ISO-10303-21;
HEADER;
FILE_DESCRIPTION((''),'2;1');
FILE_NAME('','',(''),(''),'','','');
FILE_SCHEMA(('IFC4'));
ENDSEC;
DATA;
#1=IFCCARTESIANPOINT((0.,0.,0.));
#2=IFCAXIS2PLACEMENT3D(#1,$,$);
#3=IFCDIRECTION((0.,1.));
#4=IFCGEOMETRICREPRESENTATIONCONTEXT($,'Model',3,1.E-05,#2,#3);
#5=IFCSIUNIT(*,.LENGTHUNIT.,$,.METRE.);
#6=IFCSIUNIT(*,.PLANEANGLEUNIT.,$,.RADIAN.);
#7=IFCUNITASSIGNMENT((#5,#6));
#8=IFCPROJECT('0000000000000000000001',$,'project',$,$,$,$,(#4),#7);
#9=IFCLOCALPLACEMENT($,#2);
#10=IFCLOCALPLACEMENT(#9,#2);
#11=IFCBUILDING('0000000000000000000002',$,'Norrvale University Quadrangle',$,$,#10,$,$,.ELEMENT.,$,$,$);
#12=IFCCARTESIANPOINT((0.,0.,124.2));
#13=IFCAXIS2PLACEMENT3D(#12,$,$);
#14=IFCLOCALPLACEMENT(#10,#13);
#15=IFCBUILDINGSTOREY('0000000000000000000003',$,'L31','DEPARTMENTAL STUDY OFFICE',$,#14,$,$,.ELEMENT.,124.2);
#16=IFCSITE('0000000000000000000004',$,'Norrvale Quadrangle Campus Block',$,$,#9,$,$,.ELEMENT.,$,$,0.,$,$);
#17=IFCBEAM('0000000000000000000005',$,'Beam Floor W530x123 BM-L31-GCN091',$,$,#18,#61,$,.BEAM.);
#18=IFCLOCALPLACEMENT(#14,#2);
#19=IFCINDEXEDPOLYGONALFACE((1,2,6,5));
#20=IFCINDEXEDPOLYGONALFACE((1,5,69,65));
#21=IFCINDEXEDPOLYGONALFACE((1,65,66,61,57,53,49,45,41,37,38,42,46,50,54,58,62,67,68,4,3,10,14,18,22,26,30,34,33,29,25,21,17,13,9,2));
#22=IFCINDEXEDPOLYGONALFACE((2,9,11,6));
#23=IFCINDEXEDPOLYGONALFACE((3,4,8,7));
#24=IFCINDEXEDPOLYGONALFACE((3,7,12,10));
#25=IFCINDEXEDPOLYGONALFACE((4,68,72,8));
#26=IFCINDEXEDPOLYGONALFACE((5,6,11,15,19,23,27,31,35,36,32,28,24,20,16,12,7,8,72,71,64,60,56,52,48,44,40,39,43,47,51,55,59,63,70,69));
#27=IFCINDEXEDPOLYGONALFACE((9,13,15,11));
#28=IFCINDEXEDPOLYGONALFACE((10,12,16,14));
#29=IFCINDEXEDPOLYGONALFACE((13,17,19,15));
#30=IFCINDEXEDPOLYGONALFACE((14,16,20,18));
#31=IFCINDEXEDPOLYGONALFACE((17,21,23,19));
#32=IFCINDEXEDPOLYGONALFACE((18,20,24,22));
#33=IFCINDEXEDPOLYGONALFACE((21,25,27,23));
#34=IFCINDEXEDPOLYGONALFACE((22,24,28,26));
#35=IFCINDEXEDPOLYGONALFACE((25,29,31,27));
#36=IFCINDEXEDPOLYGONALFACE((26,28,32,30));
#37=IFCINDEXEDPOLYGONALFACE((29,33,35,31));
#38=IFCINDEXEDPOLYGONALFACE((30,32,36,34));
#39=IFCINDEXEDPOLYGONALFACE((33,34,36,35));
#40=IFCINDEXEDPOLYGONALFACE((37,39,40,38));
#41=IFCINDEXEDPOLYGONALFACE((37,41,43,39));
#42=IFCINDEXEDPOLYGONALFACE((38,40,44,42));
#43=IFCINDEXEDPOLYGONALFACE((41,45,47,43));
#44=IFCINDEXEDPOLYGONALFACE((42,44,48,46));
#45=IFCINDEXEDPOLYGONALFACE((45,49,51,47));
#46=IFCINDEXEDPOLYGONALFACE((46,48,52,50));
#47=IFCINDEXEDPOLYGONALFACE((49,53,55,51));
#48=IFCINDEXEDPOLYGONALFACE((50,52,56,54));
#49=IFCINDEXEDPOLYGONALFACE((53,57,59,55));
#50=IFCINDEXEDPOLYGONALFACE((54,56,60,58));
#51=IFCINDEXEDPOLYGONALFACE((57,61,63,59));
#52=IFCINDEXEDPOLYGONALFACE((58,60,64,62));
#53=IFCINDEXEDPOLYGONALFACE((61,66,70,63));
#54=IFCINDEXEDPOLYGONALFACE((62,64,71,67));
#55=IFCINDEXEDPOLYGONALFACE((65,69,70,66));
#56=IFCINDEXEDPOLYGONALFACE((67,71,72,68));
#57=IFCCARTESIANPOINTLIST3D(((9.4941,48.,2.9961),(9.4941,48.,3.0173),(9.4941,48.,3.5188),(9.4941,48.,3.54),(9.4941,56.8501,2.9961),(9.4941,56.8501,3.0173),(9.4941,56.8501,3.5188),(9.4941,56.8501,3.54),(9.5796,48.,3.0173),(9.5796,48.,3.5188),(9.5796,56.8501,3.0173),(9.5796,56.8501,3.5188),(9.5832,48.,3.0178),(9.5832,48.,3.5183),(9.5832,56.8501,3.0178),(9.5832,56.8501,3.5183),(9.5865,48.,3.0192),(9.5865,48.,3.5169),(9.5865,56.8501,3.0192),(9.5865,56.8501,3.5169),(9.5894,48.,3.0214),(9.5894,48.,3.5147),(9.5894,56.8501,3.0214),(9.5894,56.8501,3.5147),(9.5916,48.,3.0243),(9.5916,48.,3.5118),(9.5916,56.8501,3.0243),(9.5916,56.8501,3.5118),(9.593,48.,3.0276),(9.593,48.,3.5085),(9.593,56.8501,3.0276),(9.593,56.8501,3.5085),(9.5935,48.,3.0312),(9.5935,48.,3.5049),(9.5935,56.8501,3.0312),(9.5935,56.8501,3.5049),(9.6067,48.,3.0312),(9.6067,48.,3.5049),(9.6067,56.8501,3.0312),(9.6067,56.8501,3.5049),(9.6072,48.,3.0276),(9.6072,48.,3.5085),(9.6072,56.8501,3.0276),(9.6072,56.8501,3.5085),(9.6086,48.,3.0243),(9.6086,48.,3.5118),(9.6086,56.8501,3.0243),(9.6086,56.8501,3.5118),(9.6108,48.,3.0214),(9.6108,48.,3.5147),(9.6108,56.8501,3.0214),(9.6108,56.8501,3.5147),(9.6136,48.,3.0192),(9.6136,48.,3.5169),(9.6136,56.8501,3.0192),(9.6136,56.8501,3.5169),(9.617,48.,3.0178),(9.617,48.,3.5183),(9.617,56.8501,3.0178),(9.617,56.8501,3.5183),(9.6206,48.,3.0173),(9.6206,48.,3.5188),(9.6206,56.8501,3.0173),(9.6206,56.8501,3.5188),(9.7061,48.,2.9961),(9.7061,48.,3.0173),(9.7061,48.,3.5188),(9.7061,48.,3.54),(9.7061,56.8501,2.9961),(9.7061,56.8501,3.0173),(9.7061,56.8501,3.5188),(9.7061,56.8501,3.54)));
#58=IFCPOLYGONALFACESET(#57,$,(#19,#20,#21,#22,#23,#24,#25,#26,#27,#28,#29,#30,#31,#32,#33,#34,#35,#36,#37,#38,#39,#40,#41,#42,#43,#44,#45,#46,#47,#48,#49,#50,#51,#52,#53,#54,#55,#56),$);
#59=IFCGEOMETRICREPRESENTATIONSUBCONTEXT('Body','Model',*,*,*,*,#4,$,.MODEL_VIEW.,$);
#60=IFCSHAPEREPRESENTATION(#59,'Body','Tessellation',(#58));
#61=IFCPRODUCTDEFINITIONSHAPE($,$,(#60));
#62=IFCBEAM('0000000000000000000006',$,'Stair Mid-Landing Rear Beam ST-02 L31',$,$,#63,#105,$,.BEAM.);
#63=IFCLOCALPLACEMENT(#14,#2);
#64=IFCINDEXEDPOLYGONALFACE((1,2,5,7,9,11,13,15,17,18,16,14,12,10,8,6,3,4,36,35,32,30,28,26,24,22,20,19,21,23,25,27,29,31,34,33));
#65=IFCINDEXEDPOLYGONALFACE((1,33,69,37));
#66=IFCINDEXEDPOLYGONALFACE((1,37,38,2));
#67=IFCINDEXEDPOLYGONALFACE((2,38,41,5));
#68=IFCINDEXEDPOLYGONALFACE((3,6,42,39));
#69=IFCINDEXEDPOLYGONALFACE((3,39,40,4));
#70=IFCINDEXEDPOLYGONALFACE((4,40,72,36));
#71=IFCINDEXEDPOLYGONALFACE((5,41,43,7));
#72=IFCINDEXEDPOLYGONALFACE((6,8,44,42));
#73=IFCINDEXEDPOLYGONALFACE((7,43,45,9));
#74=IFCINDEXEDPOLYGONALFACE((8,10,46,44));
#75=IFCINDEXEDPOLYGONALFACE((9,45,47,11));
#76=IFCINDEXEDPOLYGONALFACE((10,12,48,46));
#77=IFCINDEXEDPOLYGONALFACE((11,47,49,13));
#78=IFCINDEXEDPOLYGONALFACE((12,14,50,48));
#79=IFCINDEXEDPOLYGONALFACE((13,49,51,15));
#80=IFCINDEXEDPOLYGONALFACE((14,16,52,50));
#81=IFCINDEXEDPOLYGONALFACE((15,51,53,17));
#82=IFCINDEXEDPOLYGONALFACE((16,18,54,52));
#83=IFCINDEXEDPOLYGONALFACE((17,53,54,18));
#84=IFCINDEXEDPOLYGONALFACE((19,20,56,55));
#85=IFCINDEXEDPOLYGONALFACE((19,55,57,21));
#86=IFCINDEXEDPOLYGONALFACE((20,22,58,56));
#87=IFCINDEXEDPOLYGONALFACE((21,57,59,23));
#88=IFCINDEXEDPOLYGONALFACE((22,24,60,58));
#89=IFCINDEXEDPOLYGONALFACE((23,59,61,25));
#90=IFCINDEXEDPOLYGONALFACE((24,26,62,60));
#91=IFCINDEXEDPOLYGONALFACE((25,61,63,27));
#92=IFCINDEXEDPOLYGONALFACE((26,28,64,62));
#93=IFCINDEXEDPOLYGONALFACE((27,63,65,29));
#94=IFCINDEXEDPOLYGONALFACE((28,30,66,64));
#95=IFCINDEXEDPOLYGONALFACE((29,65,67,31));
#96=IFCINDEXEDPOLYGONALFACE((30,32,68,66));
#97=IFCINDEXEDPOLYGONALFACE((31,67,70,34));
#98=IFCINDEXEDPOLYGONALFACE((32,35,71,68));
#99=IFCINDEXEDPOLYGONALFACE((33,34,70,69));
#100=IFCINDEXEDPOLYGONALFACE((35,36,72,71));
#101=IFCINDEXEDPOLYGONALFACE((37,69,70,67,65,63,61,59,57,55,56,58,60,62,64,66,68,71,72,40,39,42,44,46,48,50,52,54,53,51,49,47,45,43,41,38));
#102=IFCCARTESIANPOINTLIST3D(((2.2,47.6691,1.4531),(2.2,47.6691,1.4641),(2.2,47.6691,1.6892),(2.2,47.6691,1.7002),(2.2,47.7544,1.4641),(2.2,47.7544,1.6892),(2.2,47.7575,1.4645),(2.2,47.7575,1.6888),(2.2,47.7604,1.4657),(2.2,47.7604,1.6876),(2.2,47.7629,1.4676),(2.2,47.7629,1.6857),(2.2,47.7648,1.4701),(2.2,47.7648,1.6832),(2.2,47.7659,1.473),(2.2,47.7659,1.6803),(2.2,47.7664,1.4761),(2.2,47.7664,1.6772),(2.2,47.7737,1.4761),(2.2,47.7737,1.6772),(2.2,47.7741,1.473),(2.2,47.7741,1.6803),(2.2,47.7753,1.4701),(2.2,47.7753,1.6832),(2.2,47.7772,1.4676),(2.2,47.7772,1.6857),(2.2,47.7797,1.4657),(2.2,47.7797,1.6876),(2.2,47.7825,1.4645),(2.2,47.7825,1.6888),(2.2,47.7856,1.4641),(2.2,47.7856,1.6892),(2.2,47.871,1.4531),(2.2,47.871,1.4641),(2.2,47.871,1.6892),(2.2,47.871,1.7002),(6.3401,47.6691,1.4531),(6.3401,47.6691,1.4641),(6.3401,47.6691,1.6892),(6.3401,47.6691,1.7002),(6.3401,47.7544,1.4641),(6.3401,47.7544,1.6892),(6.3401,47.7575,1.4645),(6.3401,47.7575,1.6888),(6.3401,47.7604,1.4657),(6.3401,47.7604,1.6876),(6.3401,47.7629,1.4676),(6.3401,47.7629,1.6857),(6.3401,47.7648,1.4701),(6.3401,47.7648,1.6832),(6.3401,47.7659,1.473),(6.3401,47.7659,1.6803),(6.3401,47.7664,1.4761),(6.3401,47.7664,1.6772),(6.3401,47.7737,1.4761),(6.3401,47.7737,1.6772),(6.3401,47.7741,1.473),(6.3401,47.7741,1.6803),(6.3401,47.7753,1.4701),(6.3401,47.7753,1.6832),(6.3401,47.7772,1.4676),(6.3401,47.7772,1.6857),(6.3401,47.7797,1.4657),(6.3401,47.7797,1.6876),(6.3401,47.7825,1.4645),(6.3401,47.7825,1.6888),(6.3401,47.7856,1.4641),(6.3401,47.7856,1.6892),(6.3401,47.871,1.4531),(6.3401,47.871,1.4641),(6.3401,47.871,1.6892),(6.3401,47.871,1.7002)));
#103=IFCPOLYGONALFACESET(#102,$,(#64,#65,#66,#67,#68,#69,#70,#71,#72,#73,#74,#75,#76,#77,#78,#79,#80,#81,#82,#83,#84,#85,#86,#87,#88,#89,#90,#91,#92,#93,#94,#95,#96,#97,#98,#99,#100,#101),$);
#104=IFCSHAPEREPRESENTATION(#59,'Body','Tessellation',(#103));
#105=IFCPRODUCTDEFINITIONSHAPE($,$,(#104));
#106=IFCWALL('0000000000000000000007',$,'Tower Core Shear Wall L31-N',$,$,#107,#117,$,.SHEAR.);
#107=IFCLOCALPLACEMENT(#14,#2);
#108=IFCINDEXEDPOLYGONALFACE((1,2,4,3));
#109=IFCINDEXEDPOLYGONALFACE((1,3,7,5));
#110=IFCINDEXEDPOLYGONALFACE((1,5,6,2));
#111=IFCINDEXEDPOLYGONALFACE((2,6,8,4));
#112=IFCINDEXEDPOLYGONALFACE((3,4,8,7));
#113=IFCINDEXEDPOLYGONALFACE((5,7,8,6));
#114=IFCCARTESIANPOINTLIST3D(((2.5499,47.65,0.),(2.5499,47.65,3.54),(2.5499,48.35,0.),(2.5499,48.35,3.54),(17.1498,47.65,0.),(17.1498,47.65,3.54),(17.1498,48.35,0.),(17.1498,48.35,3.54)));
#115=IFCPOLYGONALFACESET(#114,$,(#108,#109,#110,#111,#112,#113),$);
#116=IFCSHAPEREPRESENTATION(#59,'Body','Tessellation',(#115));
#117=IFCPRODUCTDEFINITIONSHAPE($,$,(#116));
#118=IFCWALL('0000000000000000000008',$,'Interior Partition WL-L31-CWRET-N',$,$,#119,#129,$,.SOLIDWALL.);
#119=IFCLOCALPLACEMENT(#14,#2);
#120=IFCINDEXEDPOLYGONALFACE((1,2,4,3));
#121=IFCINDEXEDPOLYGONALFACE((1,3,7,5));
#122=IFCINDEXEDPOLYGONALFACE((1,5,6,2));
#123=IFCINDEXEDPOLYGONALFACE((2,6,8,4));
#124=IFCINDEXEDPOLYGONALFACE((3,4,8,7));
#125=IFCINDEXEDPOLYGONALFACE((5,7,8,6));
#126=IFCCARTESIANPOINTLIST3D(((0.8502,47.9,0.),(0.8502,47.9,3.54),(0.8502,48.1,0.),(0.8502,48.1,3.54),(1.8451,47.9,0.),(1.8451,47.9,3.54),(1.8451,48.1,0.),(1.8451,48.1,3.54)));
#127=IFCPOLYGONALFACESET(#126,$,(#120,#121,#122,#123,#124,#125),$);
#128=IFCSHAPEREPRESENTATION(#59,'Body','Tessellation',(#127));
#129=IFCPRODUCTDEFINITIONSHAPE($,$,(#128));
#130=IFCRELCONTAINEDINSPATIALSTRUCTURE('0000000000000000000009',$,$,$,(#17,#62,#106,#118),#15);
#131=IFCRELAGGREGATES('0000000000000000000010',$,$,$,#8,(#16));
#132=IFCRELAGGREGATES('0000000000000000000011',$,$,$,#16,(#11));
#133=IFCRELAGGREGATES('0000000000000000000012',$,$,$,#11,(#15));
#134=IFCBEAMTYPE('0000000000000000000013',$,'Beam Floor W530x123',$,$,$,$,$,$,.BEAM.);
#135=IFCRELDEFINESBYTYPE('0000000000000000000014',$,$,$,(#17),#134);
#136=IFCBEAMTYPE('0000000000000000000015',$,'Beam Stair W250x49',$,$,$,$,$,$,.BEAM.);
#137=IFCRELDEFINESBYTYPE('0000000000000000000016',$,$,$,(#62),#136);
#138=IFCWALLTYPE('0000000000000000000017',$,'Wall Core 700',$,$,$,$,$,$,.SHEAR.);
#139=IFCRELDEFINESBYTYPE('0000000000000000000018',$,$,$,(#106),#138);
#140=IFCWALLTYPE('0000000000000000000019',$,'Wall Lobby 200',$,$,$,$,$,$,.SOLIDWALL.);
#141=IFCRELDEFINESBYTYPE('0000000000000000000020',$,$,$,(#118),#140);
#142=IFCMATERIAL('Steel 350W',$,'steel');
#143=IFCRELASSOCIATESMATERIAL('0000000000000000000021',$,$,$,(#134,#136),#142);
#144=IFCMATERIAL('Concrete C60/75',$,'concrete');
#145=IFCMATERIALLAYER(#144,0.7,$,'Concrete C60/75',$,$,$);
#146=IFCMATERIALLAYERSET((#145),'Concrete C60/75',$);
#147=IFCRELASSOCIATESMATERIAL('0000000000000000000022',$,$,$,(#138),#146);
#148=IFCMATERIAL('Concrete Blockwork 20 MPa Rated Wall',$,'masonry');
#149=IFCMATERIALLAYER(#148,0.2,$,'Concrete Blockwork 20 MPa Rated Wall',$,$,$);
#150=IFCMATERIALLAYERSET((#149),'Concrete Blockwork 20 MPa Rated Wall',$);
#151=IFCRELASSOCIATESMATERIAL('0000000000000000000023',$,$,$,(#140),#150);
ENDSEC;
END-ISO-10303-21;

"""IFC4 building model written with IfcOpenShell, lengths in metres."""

from ifc_helpers import new_model, si_unit, direction, frame, frame_2d, origin, origin_2d, place, context, subcontext, project, spatial, rectangle, i_section, extrude, material, layer, layer_set, material_profile, profile_set, type_object, element, save


model = new_model("IFC4")

# Units and contexts
model_context = context("Model", 3, precision=1e-05, world=origin(), true_north=direction((0.0, 1.0)))
body_context = subcontext(model_context, "Body", "Model", "MODEL_VIEW")
ifc_project = project(units=[si_unit("LENGTHUNIT", "METRE"), si_unit("PLANEANGLEUNIT", "RADIAN")], contexts=[model_context])

# Site, building, storey
site_placement = place(None, origin())
site = spatial("IfcSite", under=ifc_project, at=site_placement, Name="Norrvale Quadrangle Campus Block", CompositionType="ELEMENT", RefElevation=0.0)
building_placement = place(site_placement, origin())
building = spatial("IfcBuilding", under=site, at=building_placement, Name="Norrvale University Quadrangle", CompositionType="ELEMENT")
storey_placement = place(building_placement, frame((0.0, 0.0, 124.2)))
storey = spatial("IfcBuildingStorey", under=building, at=storey_placement, Name="L31", Description="DEPARTMENTAL STUDY OFFICE", CompositionType="ELEMENT", Elevation=124.2)

# Shared definitions
ifc_material_1 = material(Name="Concrete C60/75", Category="concrete")

# Beams
ifc_material_2 = material(Name="Steel 350W", Category="steel")
ifc_material_profile_1 = material_profile(ifc_material_2, i_section(OverallWidth=0.2119, OverallDepth=0.5439, WebThickness=0.0132, FlangeThickness=0.0212, FilletRadius=0.0139, at=origin_2d()), Name="Steel 350W")
ifc_profile_set_1 = profile_set([ifc_material_profile_1], Name="Steel 350W")
beam_type_1 = type_object("IfcBeamType", Name="Beam Floor W530x123", PredefinedType="BEAM", material=ifc_profile_set_1)
beam_1_placement = place(storey_placement, frame((9.6001, 48.0, 3.2681), z_axis=(0.0, 1.0, 0.0), x_axis=(-1.0, 0.0, 0.0)))
element("IfcBeam", 1, at=beam_1_placement, inside=storey, type_object=beam_type_1, Name="Beam Floor W530x123 BM-L31-GCN091", PredefinedType="BEAM", context=body_context, shape_type="SweptSolid", body=[
    extrude(i_section(OverallWidth=0.2119, OverallDepth=0.5439, WebThickness=0.0132, FlangeThickness=0.0212, FilletRadius=0.0139, at=origin_2d()), origin(), (0.0, 0.0, 1.0), 8.8501),
])
ifc_material_profile_2 = material_profile(ifc_material_2, i_section(OverallWidth=0.2019, OverallDepth=0.2471, WebThickness=0.0073, FlangeThickness=0.011, FilletRadius=0.012, at=origin_2d()), Name="Steel 350W")
ifc_profile_set_2 = profile_set([ifc_material_profile_2], Name="Steel 350W")
beam_type_2 = type_object("IfcBeamType", Name="Beam Stair W250x49", PredefinedType="BEAM", material=ifc_profile_set_2)
beam_2_placement = place(storey_placement, frame((2.2, 47.77, 1.5767), z_axis=(1.0, 0.0, 0.0), x_axis=(0.0, 1.0, 0.0)))
element("IfcBeam", 2, at=beam_2_placement, inside=storey, type_object=beam_type_2, Name="Stair Mid-Landing Rear Beam ST-02 L31", PredefinedType="BEAM", context=body_context, shape_type="SweptSolid", body=[
    extrude(i_section(OverallWidth=0.2019, OverallDepth=0.2471, WebThickness=0.0073, FlangeThickness=0.011, FilletRadius=0.012, at=origin_2d()), origin(), (0.0, 0.0, 1.0), 4.1401),
])

# Wall
ifc_layer_1 = layer(ifc_material_1, 0.7, Name="Concrete C60/75")
ifc_layer_set_1 = layer_set([ifc_layer_1], Name="Concrete C60/75")
wall_type_1 = type_object("IfcWallType", Name="Wall Core 700", PredefinedType="SHEAR", material=ifc_layer_set_1)
wall_1_placement = place(storey_placement, frame((2.55, 48.0, 0.0), z_axis=(0.0, 0.0, 1.0), x_axis=(1.0, 0.0, 0.0)))
element("IfcWall", 3, at=wall_1_placement, inside=storey, type_object=wall_type_1, Name="Tower Core Shear Wall L31-N", PredefinedType="SHEAR", context=body_context, shape_type="SweptSolid", body=[
    extrude(rectangle(XDim=14.5999, YDim=0.7, at=frame_2d((7.2998, 0.0))), origin(), (0.0, 0.0, 1.0), 3.54),
])

# Wall
ifc_material_3 = material(Name="Concrete Blockwork 20 MPa Rated Wall", Category="masonry")
ifc_layer_2 = layer(ifc_material_3, 0.2, Name="Concrete Blockwork 20 MPa Rated Wall")
ifc_layer_set_2 = layer_set([ifc_layer_2], Name="Concrete Blockwork 20 MPa Rated Wall")
wall_type_2 = type_object("IfcWallType", Name="Wall Lobby 200", PredefinedType="SOLIDWALL", material=ifc_layer_set_2)
wall_2_placement = place(storey_placement, frame((0.8501, 48.0, 0.0), z_axis=(0.0, 0.0, 1.0), x_axis=(1.0, 0.0, 0.0)))
element("IfcWall", 4, at=wall_2_placement, inside=storey, type_object=wall_type_2, Name="Interior Partition WL-L31-CWRET-N", PredefinedType="SOLIDWALL", context=body_context, shape_type="SweptSolid", body=[
    extrude(rectangle(XDim=0.9949, YDim=0.2, at=frame_2d((0.4976, 0.0))), origin(), (0.0, 0.0, 1.0), 3.54),
])

save(model, "model.ifc")
